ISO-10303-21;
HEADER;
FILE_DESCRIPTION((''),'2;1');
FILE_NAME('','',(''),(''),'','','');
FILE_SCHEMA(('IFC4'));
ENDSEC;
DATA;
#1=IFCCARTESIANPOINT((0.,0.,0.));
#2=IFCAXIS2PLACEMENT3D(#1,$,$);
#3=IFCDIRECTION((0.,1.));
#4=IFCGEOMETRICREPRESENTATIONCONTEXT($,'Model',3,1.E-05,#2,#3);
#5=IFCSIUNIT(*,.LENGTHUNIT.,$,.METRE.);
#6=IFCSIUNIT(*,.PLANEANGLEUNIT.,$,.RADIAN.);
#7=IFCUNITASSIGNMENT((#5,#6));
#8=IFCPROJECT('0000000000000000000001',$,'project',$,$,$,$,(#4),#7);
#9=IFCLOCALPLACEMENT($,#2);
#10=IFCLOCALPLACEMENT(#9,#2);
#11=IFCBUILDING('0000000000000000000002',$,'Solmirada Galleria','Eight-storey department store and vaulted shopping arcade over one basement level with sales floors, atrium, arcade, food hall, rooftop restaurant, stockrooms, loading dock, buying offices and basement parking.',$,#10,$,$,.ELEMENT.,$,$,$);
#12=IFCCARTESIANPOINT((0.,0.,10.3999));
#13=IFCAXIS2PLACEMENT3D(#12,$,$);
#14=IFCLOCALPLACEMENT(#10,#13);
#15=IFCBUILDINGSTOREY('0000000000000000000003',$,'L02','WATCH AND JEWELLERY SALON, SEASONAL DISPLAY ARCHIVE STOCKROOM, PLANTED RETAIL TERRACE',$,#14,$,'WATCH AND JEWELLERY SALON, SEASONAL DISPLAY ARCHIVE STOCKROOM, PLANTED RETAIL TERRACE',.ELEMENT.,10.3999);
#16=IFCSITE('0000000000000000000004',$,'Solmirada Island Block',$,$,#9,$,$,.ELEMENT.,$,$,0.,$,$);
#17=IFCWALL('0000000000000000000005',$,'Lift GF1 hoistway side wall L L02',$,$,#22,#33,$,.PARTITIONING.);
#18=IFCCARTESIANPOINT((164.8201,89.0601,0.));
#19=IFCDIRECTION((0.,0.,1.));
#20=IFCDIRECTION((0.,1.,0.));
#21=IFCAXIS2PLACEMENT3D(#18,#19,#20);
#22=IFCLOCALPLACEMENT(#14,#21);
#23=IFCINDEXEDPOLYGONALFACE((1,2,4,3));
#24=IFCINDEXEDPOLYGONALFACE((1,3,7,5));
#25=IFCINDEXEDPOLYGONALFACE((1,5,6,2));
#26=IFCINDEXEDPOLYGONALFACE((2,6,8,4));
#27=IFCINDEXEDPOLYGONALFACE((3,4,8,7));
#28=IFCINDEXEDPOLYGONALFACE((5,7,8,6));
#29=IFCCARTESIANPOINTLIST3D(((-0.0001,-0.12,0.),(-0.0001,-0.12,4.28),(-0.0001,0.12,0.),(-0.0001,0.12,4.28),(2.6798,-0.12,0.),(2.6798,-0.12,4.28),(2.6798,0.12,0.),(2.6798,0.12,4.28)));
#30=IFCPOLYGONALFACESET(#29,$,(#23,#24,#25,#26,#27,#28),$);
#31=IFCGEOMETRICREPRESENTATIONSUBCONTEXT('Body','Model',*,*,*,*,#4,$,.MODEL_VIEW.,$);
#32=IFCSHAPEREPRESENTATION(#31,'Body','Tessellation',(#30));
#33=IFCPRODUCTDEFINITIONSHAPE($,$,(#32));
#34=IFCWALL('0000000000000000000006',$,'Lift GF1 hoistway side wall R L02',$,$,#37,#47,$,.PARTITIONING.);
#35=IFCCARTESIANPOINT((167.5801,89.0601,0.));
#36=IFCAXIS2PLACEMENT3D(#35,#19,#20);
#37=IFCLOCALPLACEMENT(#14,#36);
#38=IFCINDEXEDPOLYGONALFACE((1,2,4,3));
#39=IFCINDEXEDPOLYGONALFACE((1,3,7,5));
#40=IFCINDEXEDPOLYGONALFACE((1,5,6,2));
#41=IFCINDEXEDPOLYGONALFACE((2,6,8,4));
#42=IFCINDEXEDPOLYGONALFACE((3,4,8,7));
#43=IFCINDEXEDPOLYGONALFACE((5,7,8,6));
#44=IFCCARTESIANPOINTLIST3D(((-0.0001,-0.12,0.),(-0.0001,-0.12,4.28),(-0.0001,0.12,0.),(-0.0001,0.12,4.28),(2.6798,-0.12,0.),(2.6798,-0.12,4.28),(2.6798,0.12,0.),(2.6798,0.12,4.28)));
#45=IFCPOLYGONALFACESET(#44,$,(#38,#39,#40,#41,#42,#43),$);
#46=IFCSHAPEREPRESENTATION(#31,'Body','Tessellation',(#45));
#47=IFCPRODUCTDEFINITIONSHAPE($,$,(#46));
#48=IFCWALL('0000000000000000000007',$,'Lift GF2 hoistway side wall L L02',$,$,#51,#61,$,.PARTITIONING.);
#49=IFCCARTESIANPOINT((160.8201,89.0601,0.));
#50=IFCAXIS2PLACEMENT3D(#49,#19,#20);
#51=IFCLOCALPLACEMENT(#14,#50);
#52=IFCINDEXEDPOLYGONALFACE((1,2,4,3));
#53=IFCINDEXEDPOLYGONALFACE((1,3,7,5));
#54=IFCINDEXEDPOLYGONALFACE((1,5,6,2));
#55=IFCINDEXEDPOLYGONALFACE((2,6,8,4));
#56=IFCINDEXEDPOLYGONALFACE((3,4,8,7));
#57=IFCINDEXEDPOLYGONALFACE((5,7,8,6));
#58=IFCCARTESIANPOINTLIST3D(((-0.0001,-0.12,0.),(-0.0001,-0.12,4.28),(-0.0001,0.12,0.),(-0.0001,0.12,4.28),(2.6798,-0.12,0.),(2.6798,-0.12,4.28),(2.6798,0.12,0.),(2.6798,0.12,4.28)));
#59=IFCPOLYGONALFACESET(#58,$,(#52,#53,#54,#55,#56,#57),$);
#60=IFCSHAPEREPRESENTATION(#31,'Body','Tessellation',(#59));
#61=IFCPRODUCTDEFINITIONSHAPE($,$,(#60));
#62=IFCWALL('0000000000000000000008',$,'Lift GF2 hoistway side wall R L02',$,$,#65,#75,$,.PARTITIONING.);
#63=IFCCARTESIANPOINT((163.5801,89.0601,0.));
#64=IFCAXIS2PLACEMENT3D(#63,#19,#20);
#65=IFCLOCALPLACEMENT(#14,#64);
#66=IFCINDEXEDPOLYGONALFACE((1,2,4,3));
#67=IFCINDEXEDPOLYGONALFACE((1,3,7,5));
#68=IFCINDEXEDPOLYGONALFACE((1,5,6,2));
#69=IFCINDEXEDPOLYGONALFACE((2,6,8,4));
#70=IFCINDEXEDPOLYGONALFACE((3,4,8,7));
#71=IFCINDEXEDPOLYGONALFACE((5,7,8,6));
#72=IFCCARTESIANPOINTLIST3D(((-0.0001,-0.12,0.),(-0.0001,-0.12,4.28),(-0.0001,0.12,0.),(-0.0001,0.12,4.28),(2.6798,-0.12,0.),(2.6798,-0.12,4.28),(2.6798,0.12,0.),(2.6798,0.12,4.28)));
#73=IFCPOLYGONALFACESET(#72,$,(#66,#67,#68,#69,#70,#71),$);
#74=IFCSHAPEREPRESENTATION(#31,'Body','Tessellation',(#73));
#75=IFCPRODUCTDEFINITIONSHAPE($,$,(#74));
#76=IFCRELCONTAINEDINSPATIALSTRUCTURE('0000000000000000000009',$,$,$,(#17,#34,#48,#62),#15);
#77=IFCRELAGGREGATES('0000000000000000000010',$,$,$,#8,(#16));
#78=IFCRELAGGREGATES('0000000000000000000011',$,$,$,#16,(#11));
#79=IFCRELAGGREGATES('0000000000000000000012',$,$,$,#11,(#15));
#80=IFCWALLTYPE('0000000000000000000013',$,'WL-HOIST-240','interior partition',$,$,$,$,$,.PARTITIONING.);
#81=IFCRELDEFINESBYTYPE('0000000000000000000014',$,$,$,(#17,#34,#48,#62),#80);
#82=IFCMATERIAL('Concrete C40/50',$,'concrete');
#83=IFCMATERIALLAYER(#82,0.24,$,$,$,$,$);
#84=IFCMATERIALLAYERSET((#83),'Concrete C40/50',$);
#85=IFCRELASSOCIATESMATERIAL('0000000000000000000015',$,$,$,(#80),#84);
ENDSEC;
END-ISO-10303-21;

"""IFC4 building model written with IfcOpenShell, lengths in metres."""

from ifc_helpers import new_model, si_unit, direction, frame, frame_2d, origin, place, context, subcontext, project, spatial, rectangle, extrude, material, layer, layer_set, type_object, element, save


model = new_model("IFC4")

# Units and contexts
model_context = context("Model", 3, precision=1e-05, world=origin(), true_north=direction((0.0, 1.0)))
body_context = subcontext(model_context, "Body", "Model", "MODEL_VIEW")
ifc_project = project(units=[si_unit("LENGTHUNIT", "METRE"), si_unit("PLANEANGLEUNIT", "RADIAN")], contexts=[model_context])

# Site, building, storey
site_placement = place(None, origin())
site = spatial("IfcSite", under=ifc_project, at=site_placement, Name="Solmirada Island Block", CompositionType="ELEMENT", RefElevation=0.0)
building_placement = place(site_placement, origin())
building = spatial("IfcBuilding", under=site, at=building_placement, Name="Solmirada Galleria", Description="Eight-storey department store and vaulted shopping arcade over one basement level with sales floors, atrium, arcade, food hall, rooftop restaurant, stockrooms, loading dock, buying offices and basement parking.", CompositionType="ELEMENT")
storey_placement = place(building_placement, frame((0.0, 0.0, 10.3999)))
storey = spatial("IfcBuildingStorey", under=building, at=storey_placement, Name="L02", Description="WATCH AND JEWELLERY SALON, SEASONAL DISPLAY ARCHIVE STOCKROOM, PLANTED RETAIL TERRACE", LongName="WATCH AND JEWELLERY SALON, SEASONAL DISPLAY ARCHIVE STOCKROOM, PLANTED RETAIL TERRACE", CompositionType="ELEMENT", Elevation=10.3999)

# Shared definitions
ifc_material_1 = material(Name="Concrete C40/50", Category="concrete")

# Shared definitions
ifc_layer_1 = layer(ifc_material_1, 0.24)
ifc_layer_set_1 = layer_set([ifc_layer_1], Name="Concrete C40/50")
wall_type_1 = type_object("IfcWallType", Name="WL-HOIST-240", Description="interior partition", PredefinedType="PARTITIONING", material=ifc_layer_set_1)

# Walls
for number, where, z_axis, x_axis, name in (
    (1, (164.8201, 89.0601, 0.0), (0.0, 0.0, 1.0), (0.0, 1.0, 0.0), "Lift GF1 hoistway side wall L L02"),
    (2, (167.5801, 89.0601, 0.0), (0.0, 0.0, 1.0), (0.0, 1.0, 0.0), "Lift GF1 hoistway side wall R L02"),
):
    element("IfcWall", number, at=place(storey_placement, frame(where, z_axis=z_axis, x_axis=x_axis)), inside=storey, type_object=wall_type_1, Name=name, PredefinedType="PARTITIONING", context=body_context, shape_type="SweptSolid", body=[
        extrude(rectangle(XDim=2.6799, YDim=0.24, at=frame_2d((1.3398, 0.0))), origin(), (0.0, 0.0, 1.0), 4.28),
    ])

# Walls
for number, where, z_axis, x_axis, name in (
    (3, (160.8201, 89.0601, 0.0), (0.0, 0.0, 1.0), (0.0, 1.0, 0.0), "Lift GF2 hoistway side wall L L02"),
    (4, (163.5801, 89.0601, 0.0), (0.0, 0.0, 1.0), (0.0, 1.0, 0.0), "Lift GF2 hoistway side wall R L02"),
):
    element("IfcWall", number, at=place(storey_placement, frame(where, z_axis=z_axis, x_axis=x_axis)), inside=storey, type_object=wall_type_1, Name=name, PredefinedType="PARTITIONING", context=body_context, shape_type="SweptSolid", body=[
        extrude(rectangle(XDim=2.6799, YDim=0.24, at=frame_2d((1.3398, 0.0))), origin(), (0.0, 0.0, 1.0), 4.28),
    ])

save(model, "model.ifc")
